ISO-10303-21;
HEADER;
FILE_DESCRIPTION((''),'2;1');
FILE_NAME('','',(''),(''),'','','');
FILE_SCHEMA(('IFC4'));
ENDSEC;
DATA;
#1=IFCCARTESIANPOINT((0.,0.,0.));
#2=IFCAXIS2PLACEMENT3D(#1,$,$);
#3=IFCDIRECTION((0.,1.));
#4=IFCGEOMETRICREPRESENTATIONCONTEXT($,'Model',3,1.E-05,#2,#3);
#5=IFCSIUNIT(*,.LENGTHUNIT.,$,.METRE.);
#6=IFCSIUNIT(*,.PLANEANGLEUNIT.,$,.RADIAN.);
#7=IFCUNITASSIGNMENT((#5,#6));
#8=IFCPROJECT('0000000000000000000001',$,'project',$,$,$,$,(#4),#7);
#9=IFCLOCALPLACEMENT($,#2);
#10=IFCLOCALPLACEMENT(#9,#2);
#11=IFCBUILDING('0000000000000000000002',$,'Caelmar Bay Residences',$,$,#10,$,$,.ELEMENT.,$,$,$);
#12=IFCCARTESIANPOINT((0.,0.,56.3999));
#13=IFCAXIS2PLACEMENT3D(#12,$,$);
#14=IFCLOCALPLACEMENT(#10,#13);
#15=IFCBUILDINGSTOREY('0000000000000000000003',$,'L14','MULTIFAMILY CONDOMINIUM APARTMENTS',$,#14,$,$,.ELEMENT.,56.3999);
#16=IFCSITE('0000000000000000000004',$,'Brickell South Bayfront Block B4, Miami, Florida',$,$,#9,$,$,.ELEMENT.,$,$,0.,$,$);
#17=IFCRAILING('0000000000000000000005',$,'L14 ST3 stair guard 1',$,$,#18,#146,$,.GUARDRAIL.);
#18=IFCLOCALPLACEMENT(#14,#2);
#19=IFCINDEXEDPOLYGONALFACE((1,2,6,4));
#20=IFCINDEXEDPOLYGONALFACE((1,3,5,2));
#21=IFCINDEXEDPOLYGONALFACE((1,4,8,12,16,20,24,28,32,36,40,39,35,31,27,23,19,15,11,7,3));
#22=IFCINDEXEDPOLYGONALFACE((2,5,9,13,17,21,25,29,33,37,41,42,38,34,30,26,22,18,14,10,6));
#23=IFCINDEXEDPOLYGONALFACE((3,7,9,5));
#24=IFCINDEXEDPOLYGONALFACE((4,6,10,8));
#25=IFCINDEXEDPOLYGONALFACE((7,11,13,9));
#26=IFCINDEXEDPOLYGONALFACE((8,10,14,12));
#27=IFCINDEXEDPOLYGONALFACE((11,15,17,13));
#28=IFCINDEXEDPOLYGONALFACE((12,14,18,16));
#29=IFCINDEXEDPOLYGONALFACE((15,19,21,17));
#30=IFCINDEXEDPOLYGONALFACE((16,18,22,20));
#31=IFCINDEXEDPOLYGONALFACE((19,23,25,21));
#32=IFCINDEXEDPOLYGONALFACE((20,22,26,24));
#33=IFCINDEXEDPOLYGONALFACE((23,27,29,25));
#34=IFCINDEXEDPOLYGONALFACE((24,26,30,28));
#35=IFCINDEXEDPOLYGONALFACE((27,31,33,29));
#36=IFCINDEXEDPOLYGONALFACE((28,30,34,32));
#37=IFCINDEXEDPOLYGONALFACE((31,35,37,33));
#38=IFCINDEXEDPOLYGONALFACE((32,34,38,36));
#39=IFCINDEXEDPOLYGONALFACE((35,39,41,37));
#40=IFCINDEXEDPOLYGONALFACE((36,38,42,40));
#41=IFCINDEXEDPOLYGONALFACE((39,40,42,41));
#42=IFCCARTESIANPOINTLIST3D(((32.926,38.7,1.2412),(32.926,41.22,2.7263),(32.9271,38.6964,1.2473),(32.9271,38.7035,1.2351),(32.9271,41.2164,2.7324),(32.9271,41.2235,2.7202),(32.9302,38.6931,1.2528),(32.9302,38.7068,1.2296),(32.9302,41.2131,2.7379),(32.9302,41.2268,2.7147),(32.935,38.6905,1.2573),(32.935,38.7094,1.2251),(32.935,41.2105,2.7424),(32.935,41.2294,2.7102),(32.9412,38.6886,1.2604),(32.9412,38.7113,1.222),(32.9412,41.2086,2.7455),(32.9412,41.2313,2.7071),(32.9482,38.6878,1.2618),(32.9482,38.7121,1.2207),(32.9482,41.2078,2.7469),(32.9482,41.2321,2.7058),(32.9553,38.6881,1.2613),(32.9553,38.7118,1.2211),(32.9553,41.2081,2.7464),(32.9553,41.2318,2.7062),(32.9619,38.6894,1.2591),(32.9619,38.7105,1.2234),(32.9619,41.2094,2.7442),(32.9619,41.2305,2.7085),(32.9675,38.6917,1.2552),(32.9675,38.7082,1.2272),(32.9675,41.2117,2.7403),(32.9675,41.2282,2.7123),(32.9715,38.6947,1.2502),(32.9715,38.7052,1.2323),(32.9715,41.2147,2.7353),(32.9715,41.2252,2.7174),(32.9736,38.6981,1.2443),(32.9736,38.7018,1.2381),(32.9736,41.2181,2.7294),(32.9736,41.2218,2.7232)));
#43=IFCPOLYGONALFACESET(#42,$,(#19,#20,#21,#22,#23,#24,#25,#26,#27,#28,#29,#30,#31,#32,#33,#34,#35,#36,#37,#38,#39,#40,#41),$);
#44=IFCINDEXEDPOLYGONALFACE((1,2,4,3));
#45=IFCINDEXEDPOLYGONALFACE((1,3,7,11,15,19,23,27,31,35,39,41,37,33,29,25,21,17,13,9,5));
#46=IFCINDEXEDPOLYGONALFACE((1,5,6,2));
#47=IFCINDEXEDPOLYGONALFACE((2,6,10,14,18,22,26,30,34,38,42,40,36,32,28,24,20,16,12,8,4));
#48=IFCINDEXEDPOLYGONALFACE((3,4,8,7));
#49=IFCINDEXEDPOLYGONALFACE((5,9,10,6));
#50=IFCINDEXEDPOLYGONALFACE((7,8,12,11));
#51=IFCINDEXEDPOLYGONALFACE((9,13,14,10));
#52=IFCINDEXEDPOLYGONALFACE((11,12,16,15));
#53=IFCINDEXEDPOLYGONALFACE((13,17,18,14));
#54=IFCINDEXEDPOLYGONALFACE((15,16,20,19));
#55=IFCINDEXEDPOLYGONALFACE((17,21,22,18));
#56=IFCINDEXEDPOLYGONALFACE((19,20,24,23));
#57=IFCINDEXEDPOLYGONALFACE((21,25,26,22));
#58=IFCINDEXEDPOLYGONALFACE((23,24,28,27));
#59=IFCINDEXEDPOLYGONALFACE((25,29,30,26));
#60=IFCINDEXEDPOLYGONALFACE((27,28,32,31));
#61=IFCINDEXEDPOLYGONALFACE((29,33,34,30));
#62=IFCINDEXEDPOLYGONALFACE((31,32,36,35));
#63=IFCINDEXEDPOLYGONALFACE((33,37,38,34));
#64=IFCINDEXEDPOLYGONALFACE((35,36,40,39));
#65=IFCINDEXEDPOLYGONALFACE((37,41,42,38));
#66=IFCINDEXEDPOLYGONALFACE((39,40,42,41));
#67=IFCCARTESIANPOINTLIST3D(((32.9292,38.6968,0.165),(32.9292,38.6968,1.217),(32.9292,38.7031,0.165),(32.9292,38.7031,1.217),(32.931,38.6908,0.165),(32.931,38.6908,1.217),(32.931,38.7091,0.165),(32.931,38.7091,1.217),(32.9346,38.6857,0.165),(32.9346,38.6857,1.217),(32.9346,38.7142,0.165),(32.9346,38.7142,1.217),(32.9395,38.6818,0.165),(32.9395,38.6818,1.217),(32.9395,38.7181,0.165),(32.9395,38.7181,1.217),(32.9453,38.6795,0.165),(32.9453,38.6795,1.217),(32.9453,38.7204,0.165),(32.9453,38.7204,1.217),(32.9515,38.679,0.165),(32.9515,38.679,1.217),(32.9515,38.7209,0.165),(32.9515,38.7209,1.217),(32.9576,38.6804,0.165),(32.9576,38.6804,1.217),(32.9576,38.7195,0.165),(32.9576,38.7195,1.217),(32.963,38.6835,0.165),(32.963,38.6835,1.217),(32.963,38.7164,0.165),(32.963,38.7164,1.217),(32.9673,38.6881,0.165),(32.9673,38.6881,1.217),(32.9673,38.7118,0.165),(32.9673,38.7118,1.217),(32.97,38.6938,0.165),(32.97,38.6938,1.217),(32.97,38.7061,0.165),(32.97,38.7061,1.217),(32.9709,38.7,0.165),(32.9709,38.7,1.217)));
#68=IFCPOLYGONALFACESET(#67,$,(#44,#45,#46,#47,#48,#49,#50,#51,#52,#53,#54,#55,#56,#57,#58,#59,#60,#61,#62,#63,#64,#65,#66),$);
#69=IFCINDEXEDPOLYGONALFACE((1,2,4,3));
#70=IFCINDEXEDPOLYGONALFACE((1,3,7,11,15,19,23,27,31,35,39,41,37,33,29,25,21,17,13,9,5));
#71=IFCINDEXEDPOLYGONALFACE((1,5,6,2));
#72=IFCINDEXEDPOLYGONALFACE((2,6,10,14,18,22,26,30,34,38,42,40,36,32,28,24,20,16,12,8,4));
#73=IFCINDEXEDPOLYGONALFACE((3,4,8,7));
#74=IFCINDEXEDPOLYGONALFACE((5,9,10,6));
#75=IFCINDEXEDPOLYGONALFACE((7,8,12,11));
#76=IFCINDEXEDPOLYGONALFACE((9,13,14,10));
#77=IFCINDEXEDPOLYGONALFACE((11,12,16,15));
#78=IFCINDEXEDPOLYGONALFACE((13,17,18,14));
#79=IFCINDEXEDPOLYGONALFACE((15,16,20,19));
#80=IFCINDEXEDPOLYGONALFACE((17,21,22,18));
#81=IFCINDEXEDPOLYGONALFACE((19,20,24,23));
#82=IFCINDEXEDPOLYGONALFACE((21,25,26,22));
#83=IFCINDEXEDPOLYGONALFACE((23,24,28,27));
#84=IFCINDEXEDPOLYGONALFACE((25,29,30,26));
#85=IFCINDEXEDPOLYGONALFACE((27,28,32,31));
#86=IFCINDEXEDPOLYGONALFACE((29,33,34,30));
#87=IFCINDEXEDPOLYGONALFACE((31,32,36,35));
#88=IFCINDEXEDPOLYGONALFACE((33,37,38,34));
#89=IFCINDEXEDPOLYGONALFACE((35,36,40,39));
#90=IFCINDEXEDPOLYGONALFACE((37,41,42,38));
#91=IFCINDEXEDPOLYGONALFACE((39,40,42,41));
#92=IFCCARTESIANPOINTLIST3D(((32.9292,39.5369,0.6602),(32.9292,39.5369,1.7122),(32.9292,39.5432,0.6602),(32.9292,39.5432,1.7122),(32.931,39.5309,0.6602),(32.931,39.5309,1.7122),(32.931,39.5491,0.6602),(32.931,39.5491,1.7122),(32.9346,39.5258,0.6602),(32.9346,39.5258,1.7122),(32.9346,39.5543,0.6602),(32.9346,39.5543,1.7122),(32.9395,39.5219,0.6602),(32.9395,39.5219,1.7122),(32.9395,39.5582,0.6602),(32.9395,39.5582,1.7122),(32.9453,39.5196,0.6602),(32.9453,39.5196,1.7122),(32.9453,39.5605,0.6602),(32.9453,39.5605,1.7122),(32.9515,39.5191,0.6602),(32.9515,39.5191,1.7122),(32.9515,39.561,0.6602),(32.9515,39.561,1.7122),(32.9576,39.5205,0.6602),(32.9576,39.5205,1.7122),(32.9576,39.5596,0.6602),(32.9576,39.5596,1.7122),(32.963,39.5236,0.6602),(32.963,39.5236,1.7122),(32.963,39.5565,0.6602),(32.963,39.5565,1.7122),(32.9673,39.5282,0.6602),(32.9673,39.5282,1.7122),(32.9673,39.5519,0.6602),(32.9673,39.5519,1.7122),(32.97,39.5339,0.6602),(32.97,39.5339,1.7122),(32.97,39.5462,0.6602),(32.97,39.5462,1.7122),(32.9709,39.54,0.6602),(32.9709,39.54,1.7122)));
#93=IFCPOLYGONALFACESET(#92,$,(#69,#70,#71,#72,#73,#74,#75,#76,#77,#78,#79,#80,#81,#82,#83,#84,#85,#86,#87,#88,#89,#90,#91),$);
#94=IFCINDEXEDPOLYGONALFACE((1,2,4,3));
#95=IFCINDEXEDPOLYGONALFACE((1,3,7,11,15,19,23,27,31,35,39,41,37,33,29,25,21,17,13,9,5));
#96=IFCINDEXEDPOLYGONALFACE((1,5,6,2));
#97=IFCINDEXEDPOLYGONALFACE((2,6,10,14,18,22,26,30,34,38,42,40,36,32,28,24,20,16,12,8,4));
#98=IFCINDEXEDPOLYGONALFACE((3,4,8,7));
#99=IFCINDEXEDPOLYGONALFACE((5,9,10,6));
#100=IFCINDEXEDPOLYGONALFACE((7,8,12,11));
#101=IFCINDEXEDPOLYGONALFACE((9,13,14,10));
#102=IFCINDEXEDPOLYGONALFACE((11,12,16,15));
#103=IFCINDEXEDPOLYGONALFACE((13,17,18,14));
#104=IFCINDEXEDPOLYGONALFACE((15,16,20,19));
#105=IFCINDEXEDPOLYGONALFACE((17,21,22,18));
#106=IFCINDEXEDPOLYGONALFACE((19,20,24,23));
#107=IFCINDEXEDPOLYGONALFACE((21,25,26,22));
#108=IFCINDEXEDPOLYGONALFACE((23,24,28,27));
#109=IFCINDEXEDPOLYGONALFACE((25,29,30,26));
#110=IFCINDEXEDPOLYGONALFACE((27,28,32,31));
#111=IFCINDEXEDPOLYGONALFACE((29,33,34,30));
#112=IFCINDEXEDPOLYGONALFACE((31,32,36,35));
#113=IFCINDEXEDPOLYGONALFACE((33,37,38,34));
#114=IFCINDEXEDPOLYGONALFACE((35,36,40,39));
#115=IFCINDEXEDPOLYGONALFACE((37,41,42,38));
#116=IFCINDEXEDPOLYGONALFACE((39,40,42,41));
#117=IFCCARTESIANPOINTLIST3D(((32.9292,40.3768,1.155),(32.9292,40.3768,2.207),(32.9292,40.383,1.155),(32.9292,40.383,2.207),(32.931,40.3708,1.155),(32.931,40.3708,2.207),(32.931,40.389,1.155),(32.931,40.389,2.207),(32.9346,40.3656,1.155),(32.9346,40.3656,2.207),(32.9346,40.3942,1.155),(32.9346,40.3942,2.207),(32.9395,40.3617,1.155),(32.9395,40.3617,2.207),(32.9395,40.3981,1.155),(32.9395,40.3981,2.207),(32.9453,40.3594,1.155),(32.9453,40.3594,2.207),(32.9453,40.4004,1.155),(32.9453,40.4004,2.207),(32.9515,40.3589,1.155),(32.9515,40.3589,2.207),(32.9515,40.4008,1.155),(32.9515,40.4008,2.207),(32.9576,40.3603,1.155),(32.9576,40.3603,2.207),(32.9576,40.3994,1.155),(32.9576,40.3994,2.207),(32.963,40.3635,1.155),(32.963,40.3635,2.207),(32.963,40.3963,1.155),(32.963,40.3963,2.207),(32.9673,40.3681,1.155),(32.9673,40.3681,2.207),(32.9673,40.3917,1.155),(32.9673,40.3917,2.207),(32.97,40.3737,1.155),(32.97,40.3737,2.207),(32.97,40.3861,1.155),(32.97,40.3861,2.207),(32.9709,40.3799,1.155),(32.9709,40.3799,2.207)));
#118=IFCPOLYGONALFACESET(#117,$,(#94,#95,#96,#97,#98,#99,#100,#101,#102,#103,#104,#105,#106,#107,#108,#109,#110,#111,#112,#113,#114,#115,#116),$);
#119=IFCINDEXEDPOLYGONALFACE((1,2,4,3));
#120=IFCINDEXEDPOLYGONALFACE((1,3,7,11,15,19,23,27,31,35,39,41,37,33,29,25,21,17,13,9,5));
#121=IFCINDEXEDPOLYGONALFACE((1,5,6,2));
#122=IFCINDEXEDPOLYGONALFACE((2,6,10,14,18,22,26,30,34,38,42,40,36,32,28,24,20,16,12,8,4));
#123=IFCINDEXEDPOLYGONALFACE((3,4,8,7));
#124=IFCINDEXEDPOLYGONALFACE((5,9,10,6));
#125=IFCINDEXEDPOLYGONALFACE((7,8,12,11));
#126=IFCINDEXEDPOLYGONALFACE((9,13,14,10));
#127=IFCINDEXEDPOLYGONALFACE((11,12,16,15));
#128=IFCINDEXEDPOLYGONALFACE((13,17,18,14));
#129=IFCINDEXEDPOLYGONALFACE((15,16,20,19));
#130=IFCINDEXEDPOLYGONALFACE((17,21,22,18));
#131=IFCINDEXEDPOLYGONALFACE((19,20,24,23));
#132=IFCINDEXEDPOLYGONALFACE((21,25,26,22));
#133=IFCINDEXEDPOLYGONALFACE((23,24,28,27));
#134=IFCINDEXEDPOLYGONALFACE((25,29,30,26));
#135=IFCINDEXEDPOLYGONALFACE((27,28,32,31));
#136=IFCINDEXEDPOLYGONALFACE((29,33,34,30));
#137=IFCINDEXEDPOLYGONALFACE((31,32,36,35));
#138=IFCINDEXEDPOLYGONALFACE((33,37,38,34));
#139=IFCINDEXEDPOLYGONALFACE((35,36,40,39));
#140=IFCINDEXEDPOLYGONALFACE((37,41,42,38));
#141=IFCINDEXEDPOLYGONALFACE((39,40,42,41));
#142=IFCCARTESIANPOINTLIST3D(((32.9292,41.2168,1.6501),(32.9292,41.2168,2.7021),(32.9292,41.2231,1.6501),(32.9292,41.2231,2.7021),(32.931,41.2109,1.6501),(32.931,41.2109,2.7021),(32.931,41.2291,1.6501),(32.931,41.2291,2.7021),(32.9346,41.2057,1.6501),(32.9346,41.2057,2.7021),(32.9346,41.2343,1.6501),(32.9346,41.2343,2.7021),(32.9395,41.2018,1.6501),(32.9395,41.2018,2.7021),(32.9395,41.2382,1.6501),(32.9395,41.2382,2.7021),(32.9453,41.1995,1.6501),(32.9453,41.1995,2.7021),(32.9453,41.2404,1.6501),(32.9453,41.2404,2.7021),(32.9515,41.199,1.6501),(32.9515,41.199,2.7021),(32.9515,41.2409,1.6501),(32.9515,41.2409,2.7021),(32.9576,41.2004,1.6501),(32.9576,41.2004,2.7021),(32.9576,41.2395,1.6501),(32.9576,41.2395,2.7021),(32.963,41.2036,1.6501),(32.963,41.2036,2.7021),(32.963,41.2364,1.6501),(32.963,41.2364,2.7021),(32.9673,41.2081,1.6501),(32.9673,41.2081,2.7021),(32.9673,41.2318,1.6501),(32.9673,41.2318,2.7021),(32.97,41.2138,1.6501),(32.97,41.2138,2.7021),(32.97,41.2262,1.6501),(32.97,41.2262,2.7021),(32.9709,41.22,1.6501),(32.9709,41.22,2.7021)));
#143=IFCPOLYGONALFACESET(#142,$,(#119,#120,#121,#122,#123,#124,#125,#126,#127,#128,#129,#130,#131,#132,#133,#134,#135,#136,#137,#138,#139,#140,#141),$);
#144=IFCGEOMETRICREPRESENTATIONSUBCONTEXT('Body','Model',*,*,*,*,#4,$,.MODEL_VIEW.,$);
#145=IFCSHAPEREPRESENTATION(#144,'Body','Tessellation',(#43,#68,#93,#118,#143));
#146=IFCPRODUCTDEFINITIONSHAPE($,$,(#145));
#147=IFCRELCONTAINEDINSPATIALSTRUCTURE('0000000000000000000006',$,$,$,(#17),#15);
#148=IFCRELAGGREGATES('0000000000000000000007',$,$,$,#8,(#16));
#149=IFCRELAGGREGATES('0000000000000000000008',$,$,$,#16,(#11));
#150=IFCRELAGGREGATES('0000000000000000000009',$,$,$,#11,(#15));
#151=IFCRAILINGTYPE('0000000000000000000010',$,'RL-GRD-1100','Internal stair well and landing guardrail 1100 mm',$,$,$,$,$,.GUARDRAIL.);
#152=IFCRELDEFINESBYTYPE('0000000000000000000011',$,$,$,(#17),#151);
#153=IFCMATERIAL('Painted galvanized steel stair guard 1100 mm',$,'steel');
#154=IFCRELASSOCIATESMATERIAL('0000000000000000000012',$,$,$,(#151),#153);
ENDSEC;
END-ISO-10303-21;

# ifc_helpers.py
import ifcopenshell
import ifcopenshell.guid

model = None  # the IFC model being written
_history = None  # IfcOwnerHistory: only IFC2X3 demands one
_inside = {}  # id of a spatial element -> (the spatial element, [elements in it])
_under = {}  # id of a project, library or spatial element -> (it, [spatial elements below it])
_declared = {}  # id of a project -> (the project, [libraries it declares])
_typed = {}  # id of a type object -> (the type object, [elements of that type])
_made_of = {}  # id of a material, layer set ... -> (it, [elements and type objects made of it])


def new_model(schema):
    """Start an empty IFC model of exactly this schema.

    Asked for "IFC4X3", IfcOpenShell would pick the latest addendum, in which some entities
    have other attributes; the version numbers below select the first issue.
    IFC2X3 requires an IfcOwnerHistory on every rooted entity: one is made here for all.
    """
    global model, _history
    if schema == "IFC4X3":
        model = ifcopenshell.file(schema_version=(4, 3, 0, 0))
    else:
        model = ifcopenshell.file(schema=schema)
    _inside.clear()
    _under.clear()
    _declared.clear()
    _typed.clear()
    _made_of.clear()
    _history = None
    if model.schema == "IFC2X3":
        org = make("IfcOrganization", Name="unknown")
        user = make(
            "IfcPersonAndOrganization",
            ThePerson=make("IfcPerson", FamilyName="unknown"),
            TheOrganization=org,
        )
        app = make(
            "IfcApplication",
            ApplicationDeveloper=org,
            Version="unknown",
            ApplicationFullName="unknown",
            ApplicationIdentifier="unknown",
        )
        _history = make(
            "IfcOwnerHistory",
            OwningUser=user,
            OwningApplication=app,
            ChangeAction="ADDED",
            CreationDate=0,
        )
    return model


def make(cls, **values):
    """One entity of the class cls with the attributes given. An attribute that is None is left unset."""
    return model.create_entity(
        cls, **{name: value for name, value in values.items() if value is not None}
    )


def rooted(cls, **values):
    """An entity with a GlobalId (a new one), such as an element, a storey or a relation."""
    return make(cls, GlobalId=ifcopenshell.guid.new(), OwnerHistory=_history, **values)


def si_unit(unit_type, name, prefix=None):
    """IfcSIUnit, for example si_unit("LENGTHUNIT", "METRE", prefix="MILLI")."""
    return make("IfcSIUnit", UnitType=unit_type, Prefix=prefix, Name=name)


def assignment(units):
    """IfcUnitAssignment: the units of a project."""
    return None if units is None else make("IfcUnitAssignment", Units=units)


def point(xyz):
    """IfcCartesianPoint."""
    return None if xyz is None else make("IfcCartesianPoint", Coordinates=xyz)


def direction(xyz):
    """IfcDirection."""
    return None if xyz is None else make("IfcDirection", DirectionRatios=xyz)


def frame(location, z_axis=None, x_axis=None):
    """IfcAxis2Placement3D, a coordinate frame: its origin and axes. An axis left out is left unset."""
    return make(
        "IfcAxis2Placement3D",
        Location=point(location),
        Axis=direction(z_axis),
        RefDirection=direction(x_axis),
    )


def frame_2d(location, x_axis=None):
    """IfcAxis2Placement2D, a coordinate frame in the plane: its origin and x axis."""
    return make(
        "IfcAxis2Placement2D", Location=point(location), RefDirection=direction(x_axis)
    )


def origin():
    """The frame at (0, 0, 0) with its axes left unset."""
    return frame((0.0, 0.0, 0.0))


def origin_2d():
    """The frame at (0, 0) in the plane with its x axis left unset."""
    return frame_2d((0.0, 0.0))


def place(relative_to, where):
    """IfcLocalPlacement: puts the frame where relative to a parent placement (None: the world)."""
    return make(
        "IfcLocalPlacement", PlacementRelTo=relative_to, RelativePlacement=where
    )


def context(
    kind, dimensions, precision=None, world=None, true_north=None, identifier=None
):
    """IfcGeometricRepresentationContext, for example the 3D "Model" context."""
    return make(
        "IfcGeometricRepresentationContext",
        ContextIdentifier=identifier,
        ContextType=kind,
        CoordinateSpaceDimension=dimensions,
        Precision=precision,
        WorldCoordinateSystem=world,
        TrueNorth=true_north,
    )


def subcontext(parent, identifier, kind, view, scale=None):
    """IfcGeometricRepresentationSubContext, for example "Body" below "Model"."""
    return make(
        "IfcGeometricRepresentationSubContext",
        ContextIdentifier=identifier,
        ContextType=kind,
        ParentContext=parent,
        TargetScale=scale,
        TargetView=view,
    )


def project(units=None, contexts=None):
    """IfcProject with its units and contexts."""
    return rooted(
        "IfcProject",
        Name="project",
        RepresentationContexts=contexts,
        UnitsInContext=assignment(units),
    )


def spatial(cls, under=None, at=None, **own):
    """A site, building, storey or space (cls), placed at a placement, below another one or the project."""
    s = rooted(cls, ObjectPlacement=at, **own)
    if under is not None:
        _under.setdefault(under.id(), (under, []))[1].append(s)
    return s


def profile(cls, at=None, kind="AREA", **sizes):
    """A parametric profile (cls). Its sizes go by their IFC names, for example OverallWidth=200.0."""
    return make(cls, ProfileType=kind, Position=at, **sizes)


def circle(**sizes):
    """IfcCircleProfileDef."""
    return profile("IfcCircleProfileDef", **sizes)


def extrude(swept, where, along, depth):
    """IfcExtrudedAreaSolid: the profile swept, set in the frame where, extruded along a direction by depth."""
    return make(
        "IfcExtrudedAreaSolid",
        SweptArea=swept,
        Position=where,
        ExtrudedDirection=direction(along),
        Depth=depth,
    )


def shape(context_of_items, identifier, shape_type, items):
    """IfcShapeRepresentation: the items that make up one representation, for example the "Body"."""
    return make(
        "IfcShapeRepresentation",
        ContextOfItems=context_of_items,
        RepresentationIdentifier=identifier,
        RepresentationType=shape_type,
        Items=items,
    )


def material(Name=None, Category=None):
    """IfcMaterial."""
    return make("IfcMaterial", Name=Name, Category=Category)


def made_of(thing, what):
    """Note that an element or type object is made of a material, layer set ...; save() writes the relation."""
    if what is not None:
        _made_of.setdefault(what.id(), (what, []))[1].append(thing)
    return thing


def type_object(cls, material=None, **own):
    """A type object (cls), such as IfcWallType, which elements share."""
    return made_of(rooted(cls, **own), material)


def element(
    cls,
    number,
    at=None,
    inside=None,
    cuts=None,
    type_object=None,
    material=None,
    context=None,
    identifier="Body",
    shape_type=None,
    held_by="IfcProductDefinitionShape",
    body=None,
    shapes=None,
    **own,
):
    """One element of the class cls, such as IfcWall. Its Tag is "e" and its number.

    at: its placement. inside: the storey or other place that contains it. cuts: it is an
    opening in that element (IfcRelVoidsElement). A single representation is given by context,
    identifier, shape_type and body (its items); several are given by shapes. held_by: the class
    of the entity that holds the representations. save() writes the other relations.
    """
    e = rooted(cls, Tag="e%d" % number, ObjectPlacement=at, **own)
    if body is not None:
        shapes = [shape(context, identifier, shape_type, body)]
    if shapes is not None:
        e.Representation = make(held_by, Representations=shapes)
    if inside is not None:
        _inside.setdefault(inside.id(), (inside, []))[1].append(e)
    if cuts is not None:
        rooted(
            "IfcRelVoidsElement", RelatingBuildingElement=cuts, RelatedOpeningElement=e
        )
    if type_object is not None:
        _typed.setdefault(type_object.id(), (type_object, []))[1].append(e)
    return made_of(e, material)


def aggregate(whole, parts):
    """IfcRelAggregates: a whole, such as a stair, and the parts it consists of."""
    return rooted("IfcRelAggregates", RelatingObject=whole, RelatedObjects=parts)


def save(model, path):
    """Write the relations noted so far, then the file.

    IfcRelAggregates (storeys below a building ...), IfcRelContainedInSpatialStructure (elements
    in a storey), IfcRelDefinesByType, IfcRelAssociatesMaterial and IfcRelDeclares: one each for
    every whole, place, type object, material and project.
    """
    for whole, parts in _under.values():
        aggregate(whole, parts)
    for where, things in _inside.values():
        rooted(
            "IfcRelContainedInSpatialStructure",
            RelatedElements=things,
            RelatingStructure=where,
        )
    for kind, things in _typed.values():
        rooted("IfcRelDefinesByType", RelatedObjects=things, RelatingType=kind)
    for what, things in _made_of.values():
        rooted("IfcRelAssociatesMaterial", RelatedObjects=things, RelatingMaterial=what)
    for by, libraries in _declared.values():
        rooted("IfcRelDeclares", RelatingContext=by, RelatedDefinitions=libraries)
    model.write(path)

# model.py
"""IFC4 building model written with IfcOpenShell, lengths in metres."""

from ifc_helpers import new_model, si_unit, direction, frame, origin, origin_2d, place, context, subcontext, project, spatial, circle, extrude, material, type_object, element, save


model = new_model("IFC4")

# Units and contexts
model_context = context("Model", 3, precision=1e-05, world=origin(), true_north=direction((0.0, 1.0)))
body_context = subcontext(model_context, "Body", "Model", "MODEL_VIEW")
ifc_project = project(units=[si_unit("LENGTHUNIT", "METRE"), si_unit("PLANEANGLEUNIT", "RADIAN")], contexts=[model_context])

# Site, building, storey
site_placement = place(None, origin())
site = spatial("IfcSite", under=ifc_project, at=site_placement, Name="Brickell South Bayfront Block B4, Miami, Florida", CompositionType="ELEMENT", RefElevation=0.0)
building_placement = place(site_placement, origin())
building = spatial("IfcBuilding", under=site, at=building_placement, Name="Caelmar Bay Residences", CompositionType="ELEMENT")
storey_placement = place(building_placement, frame((0.0, 0.0, 56.3999)))
storey = spatial("IfcBuildingStorey", under=building, at=storey_placement, Name="L14", Description="MULTIFAMILY CONDOMINIUM APARTMENTS", CompositionType="ELEMENT", Elevation=56.3999)

# Railing
ifc_material_1 = material(Name="Painted galvanized steel stair guard 1100 mm", Category="steel")
railing_type_1 = type_object("IfcRailingType", Name="RL-GRD-1100", Description="Internal stair well and landing guardrail 1100 mm", PredefinedType="GUARDRAIL", material=ifc_material_1)
railing_1_placement = place(storey_placement, frame((32.95, 38.7, 0.165)))
element("IfcRailing", 1, at=railing_1_placement, inside=storey, type_object=railing_type_1, Name="L14 ST3 stair guard 1", PredefinedType="GUARDRAIL", context=body_context, shape_type="SweptSolid", body=[
    extrude(circle(Radius=0.0239, at=origin_2d()), frame((0.0, 0.0, 1.0762), z_axis=(0.0, 0.861524, 0.507717), x_axis=(-1.0, 0.0, 0.0)), (0.0, 0.0, 1.0), 2.925),
    extrude(circle(Radius=0.021, at=origin_2d()), origin(), (0.0, 0.0, 1.0), 1.052),
    extrude(circle(Radius=0.021, at=origin_2d()), frame((0.0, 0.8401, 0.4951)), (0.0, 0.0, 1.0), 1.052),
    extrude(circle(Radius=0.021, at=origin_2d()), frame((0.0, 1.6799, 0.99)), (0.0, 0.0, 1.0), 1.052),
    extrude(circle(Radius=0.021, at=origin_2d()), frame((0.0, 2.52, 1.4851)), (0.0, 0.0, 1.0), 1.052),
])

save(model, "model.ifc")
